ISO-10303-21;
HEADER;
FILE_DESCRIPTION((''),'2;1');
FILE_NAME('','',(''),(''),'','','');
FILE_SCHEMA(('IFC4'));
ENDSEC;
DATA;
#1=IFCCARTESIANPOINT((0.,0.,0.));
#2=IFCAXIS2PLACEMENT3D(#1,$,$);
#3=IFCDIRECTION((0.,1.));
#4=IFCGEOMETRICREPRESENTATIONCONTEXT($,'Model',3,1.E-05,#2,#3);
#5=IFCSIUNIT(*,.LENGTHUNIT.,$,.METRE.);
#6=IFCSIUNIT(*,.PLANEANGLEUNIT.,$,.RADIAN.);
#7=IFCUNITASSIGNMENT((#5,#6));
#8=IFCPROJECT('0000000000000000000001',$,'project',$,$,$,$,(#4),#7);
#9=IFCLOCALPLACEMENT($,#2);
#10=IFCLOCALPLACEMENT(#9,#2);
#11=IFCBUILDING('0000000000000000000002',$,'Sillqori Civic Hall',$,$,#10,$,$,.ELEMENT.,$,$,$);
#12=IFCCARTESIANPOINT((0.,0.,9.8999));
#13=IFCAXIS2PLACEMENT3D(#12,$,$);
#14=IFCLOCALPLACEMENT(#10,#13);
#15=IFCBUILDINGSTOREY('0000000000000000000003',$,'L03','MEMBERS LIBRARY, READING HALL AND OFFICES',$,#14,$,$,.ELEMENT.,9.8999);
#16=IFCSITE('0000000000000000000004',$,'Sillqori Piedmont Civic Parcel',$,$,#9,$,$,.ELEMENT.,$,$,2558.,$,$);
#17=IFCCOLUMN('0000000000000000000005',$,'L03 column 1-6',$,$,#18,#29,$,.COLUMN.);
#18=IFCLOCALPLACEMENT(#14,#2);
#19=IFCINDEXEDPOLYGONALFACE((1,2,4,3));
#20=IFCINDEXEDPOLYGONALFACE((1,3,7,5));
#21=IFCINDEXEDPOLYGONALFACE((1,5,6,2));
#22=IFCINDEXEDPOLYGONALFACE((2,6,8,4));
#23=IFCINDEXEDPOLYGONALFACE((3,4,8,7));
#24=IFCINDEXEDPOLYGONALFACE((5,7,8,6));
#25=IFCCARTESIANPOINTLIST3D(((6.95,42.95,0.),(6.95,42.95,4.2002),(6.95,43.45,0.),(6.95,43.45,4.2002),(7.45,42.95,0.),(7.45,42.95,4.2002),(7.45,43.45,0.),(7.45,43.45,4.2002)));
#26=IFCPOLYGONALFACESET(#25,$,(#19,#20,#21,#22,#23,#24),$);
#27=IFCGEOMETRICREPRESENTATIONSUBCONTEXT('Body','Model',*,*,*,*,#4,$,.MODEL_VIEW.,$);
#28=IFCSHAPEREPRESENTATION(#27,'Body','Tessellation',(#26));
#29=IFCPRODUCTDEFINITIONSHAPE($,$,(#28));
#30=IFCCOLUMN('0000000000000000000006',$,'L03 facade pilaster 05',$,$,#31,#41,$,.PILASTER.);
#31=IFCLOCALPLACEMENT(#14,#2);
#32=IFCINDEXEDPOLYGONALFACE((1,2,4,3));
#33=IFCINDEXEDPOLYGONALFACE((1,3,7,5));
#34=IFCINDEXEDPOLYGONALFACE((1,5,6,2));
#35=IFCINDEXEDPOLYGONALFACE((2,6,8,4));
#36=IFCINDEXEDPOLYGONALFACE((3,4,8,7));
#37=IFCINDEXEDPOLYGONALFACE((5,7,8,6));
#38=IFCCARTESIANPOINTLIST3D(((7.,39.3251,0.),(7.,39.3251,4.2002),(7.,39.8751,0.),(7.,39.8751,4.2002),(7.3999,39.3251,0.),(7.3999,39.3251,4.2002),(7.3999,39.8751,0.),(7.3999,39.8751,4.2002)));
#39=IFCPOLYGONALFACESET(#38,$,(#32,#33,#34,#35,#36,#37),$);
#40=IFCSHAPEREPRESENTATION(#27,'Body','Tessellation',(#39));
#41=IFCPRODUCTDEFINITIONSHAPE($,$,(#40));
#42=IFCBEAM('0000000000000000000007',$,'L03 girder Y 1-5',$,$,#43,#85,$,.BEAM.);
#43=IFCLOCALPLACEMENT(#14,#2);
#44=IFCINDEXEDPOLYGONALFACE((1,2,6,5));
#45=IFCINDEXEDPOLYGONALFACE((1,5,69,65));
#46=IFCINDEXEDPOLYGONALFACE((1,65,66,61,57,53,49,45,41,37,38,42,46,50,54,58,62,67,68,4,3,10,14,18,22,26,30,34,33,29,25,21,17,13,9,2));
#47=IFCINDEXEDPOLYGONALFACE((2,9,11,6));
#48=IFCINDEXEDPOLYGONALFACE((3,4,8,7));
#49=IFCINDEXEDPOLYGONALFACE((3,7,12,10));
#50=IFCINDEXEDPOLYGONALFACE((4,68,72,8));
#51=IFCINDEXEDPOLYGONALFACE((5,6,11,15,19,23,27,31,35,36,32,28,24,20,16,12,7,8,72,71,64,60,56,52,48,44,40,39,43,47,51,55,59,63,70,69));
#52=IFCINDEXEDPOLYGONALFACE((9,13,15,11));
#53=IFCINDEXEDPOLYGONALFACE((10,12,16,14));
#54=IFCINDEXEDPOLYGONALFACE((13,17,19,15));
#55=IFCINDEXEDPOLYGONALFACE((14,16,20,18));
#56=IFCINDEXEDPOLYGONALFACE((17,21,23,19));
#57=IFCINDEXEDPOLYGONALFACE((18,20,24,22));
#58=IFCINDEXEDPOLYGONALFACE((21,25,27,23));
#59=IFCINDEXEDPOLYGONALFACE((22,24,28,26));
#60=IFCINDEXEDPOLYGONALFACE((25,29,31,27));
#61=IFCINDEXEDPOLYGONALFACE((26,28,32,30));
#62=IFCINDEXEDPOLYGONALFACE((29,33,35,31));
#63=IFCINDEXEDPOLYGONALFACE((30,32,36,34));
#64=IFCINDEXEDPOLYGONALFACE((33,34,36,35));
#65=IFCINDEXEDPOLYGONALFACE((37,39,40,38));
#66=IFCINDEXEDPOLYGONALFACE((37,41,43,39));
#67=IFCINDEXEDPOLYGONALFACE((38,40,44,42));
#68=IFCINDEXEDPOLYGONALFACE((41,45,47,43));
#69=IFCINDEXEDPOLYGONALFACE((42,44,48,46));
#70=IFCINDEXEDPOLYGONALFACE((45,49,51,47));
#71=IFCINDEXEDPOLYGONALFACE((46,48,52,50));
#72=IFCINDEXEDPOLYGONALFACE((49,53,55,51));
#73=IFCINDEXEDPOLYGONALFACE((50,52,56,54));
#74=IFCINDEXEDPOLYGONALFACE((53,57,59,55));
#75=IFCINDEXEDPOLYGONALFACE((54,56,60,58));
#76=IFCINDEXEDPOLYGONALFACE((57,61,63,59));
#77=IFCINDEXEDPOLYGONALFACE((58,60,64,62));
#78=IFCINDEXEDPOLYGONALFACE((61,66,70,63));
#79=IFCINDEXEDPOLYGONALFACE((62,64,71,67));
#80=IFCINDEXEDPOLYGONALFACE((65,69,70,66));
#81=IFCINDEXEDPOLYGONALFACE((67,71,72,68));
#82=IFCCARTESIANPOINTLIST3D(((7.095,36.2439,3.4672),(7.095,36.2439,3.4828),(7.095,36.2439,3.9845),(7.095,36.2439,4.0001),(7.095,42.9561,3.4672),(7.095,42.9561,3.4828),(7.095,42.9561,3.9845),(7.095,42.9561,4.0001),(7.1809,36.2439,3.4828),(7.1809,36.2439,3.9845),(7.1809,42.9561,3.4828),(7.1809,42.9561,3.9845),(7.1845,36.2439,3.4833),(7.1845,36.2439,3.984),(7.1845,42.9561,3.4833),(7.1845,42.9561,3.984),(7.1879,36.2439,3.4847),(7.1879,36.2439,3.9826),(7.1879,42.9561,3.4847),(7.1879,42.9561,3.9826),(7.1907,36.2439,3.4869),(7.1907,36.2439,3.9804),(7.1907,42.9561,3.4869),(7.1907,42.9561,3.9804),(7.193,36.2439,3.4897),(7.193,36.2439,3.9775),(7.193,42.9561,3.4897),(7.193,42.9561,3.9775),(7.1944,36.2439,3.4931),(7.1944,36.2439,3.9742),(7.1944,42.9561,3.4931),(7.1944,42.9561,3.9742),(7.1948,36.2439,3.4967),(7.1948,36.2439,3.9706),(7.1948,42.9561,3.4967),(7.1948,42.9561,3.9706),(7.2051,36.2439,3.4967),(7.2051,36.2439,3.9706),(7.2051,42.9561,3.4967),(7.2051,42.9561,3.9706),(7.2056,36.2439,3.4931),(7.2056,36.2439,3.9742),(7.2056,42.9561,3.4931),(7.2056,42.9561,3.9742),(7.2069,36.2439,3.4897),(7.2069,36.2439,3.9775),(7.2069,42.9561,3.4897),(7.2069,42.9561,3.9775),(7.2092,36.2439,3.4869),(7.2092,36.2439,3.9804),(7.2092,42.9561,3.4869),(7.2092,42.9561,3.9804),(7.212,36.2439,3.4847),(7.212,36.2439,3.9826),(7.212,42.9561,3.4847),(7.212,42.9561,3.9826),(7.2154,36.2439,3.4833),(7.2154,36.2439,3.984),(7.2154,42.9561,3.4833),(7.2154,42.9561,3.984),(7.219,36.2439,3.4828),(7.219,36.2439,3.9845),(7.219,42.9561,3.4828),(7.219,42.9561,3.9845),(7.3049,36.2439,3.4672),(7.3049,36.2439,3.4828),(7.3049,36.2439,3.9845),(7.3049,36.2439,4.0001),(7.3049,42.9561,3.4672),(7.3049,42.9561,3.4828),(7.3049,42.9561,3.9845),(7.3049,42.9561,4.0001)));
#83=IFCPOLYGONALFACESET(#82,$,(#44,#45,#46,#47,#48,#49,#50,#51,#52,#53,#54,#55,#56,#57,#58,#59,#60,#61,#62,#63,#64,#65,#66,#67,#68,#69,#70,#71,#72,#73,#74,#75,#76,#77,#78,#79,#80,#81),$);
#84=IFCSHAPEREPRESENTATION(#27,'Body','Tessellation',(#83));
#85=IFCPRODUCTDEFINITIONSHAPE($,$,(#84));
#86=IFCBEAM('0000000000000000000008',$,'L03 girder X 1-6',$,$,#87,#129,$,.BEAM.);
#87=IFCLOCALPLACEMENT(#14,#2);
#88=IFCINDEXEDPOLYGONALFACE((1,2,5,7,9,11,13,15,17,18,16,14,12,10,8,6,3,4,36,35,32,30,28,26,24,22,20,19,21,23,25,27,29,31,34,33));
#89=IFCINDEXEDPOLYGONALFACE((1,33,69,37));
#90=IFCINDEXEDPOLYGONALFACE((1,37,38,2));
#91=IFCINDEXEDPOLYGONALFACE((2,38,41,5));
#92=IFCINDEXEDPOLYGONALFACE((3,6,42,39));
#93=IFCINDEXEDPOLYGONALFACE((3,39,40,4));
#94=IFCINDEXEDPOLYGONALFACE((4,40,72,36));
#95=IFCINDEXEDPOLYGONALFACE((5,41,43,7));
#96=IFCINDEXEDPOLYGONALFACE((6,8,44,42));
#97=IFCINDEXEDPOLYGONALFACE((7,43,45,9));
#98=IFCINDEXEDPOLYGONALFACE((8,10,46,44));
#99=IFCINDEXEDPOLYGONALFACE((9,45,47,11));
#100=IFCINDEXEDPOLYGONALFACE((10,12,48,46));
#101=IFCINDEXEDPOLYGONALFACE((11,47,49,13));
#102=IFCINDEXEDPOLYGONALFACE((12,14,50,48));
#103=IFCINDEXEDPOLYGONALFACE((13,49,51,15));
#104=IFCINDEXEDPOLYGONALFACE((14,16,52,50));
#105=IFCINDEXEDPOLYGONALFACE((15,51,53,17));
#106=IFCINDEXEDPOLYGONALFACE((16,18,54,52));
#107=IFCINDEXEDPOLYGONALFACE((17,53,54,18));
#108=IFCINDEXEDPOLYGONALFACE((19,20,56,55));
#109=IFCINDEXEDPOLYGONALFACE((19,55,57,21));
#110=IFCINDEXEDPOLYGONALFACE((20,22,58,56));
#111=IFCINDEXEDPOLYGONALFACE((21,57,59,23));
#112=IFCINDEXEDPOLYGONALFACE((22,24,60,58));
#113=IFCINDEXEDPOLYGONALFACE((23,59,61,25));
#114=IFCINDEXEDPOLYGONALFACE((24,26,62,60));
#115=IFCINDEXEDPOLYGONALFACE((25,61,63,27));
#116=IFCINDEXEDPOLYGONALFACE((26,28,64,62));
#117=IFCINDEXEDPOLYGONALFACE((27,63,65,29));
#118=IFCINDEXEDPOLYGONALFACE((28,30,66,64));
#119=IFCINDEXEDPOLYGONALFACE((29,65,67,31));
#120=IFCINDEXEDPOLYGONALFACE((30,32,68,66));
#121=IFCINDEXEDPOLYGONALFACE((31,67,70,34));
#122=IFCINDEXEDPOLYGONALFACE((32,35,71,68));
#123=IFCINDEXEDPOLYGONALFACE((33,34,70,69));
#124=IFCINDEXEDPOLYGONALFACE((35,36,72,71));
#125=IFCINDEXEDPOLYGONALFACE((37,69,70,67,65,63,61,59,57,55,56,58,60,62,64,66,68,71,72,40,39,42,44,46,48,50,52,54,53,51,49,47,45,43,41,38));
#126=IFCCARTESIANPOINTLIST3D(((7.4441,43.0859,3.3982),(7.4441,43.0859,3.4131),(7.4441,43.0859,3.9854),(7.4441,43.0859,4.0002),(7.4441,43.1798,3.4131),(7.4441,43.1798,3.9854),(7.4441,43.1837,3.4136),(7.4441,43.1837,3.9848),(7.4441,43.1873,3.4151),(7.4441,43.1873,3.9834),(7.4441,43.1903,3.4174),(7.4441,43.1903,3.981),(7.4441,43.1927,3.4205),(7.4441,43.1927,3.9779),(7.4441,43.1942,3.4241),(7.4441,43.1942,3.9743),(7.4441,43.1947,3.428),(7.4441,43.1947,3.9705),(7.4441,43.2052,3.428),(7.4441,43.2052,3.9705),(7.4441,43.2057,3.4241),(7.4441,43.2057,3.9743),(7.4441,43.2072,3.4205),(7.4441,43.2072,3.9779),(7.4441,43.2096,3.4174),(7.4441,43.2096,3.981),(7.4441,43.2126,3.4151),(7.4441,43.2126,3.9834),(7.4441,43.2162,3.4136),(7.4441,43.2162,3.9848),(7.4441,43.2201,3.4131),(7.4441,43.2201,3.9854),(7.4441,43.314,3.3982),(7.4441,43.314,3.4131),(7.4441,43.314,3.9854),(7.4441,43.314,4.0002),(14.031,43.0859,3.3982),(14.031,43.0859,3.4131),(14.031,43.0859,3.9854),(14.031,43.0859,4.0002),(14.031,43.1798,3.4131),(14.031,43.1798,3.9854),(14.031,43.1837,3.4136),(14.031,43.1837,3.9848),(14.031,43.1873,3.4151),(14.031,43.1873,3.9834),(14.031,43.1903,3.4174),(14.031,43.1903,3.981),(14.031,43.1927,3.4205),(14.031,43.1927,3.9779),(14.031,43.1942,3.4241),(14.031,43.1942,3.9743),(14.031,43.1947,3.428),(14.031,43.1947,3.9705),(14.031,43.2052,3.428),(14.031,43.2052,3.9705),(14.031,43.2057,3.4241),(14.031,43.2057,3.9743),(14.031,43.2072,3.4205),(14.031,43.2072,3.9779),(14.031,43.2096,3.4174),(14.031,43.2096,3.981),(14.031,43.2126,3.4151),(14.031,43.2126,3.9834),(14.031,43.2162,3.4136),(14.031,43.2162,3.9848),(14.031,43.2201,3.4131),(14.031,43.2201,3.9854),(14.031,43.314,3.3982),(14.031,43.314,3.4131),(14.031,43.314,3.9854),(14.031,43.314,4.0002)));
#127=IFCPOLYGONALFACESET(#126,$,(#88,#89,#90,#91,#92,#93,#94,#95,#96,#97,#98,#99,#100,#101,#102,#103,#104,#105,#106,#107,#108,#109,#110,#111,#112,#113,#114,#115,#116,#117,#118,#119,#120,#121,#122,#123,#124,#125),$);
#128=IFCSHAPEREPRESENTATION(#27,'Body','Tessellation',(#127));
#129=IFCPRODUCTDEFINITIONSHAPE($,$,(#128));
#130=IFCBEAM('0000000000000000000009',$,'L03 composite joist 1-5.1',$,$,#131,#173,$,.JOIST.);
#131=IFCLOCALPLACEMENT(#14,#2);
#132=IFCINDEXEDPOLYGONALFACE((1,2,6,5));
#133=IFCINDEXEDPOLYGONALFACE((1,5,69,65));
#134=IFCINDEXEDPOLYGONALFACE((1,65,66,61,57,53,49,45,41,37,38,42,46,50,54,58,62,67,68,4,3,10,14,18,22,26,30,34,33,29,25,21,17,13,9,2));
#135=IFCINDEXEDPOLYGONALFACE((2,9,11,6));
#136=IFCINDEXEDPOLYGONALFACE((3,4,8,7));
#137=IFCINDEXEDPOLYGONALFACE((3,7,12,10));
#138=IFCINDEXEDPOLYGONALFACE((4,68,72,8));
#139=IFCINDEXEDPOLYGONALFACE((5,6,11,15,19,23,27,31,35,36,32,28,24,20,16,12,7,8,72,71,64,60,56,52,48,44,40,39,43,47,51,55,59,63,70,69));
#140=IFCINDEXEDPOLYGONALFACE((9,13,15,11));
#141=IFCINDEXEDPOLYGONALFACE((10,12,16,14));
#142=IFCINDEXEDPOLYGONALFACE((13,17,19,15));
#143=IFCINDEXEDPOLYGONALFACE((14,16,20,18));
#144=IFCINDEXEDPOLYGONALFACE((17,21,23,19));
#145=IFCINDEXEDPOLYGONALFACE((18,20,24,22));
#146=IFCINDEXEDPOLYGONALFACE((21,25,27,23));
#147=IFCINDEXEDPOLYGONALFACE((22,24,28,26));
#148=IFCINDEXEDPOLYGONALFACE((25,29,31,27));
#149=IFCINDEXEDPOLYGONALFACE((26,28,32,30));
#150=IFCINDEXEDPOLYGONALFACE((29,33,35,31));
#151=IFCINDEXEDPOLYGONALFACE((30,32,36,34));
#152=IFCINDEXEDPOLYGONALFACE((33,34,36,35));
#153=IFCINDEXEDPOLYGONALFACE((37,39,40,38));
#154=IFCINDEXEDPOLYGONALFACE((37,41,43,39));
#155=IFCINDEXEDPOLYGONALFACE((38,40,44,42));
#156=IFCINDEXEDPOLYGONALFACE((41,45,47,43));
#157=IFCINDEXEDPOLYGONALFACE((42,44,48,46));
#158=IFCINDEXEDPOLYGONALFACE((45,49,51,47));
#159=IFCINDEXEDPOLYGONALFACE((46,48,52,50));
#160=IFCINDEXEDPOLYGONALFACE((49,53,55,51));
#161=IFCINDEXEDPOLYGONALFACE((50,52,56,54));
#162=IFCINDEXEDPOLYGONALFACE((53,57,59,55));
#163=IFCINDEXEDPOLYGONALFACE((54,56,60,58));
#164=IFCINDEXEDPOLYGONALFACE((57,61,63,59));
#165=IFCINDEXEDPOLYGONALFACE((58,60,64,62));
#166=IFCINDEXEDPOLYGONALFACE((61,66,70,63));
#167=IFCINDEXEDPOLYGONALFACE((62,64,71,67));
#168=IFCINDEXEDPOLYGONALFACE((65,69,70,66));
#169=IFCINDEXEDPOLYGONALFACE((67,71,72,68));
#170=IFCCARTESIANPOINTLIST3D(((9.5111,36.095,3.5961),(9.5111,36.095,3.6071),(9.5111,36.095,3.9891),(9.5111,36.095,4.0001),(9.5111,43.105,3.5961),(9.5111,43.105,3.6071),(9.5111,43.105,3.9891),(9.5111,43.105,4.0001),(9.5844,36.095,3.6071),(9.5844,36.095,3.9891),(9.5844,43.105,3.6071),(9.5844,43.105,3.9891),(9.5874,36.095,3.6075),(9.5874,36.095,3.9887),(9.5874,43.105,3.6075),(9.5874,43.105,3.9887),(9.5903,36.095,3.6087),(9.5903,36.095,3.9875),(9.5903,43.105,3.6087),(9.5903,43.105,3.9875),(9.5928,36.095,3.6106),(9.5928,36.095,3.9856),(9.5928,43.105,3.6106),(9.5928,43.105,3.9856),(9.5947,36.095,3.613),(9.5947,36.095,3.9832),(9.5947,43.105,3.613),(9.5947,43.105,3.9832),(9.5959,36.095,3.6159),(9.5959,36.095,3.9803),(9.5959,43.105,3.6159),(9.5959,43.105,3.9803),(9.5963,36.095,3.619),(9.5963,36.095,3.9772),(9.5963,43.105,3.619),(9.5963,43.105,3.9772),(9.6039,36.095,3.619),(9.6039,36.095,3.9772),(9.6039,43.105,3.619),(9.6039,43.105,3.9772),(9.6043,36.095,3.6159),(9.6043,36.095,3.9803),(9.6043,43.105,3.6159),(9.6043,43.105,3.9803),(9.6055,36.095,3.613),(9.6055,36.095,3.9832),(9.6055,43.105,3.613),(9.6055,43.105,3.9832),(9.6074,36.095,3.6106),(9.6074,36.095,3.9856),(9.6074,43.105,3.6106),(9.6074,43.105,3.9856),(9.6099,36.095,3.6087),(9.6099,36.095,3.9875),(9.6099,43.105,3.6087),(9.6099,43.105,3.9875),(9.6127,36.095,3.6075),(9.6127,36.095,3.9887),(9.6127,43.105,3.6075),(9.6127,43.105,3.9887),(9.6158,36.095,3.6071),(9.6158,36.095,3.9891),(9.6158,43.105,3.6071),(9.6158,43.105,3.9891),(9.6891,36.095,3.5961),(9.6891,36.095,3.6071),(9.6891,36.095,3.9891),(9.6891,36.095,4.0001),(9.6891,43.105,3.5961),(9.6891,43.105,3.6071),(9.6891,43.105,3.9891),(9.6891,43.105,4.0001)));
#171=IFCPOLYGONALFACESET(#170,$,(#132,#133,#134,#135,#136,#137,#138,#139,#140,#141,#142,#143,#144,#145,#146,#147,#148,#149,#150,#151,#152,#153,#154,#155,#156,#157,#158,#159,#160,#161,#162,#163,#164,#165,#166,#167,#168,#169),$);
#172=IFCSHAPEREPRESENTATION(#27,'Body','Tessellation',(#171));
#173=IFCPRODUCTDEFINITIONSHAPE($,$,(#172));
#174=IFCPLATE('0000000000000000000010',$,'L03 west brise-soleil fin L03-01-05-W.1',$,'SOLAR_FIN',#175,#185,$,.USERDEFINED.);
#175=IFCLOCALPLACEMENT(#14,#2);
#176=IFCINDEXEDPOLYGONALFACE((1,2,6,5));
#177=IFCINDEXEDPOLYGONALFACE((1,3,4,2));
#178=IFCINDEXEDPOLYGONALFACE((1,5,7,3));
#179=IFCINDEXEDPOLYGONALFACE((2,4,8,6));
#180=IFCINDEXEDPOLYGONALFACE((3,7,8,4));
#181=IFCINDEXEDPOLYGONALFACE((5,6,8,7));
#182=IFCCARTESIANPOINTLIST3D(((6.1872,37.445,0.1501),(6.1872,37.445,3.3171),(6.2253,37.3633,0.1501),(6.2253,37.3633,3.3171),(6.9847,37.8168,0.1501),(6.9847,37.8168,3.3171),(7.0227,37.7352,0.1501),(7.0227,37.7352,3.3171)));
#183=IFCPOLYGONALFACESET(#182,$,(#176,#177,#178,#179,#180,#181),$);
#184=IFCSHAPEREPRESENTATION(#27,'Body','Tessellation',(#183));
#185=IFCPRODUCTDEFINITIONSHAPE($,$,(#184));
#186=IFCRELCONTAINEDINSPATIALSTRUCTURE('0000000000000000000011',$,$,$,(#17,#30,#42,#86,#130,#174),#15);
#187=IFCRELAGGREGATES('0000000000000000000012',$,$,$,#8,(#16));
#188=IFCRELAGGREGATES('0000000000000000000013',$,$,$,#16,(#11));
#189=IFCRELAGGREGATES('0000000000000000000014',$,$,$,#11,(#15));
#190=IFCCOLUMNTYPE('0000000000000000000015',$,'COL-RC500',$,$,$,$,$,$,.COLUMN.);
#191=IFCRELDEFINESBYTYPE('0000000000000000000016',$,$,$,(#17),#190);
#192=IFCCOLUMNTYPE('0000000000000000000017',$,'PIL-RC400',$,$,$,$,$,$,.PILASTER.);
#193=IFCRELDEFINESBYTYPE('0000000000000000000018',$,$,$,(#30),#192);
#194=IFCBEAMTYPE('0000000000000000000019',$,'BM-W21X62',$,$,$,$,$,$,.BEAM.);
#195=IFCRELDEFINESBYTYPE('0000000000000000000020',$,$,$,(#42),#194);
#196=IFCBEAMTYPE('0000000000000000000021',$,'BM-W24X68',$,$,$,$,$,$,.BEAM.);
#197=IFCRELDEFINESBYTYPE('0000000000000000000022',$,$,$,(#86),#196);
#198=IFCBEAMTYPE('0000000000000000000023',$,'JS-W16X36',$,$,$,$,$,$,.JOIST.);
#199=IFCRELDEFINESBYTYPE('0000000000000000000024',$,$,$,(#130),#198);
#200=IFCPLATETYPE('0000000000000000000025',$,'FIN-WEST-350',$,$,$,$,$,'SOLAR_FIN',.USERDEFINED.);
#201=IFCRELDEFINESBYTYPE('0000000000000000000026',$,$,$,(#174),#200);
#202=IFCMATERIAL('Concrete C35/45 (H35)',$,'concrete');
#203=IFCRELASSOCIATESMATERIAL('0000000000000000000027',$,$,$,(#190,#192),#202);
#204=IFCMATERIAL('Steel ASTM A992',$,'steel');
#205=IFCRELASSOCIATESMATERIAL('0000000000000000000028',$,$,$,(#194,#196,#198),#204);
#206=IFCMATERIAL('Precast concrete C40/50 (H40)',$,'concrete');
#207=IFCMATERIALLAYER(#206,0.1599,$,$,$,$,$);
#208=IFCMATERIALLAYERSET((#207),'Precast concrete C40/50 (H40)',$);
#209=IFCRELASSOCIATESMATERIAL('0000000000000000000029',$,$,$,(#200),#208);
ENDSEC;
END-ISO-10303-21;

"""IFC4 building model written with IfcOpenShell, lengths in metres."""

from ifc_helpers import new_model, si_unit, direction, frame, origin, origin_2d, place, context, subcontext, project, spatial, rectangle, i_section, extrude, material, layer, layer_set, material_profile, profile_set, type_object, element, save


model = new_model("IFC4")

# Units and contexts
model_context = context("Model", 3, precision=1e-05, world=origin(), true_north=direction((0.0, 1.0)))
body_context = subcontext(model_context, "Body", "Model", "MODEL_VIEW")
ifc_project = project(units=[si_unit("LENGTHUNIT", "METRE"), si_unit("PLANEANGLEUNIT", "RADIAN")], contexts=[model_context])

# Site, building, storey
site_placement = place(None, origin())
site = spatial("IfcSite", under=ifc_project, at=site_placement, Name="Sillqori Piedmont Civic Parcel", CompositionType="ELEMENT", RefElevation=2558.0)
building_placement = place(site_placement, origin())
building = spatial("IfcBuilding", under=site, at=building_placement, Name="Sillqori Civic Hall", CompositionType="ELEMENT")
storey_placement = place(building_placement, frame((0.0, 0.0, 9.8999)))
storey = spatial("IfcBuildingStorey", under=building, at=storey_placement, Name="L03", Description="MEMBERS LIBRARY, READING HALL AND OFFICES", CompositionType="ELEMENT", Elevation=9.8999)

# Columns
ifc_material_1 = material(Name="Concrete C35/45 (H35)", Category="concrete")
ifc_material_profile_1 = material_profile(ifc_material_1, rectangle(XDim=0.5, YDim=0.5, at=origin_2d()), Name="RC 500x500")
ifc_profile_set_1 = profile_set([ifc_material_profile_1], Name="Concrete C35/45 (H35)")
column_type_1 = type_object("IfcColumnType", Name="COL-RC500", PredefinedType="COLUMN", material=ifc_profile_set_1)
column_1_placement = place(storey_placement, frame((7.2, 43.2, 0.0), z_axis=(0.0, 0.0, 1.0), x_axis=(1.0, 0.0, 0.0)))
element("IfcColumn", 1, at=column_1_placement, inside=storey, type_object=column_type_1, Name="L03 column 1-6", PredefinedType="COLUMN", context=body_context, shape_type="SweptSolid", body=[
    extrude(rectangle(XDim=0.5, YDim=0.5, at=origin_2d()), origin(), (0.0, 0.0, 1.0), 4.2002),
])
ifc_material_profile_2 = material_profile(ifc_material_1, rectangle(XDim=0.3999, YDim=0.55, at=origin_2d()), Name="RC 400x550")
ifc_profile_set_2 = profile_set([ifc_material_profile_2], Name="Concrete C35/45 (H35)")
column_type_2 = type_object("IfcColumnType", Name="PIL-RC400", PredefinedType="PILASTER", material=ifc_profile_set_2)
column_2_placement = place(storey_placement, frame((7.2, 39.6001, 0.0), z_axis=(0.0, 0.0, 1.0), x_axis=(1.0, 0.0, 0.0)))
element("IfcColumn", 2, at=column_2_placement, inside=storey, type_object=column_type_2, Name="L03 facade pilaster 05", PredefinedType="PILASTER", context=body_context, shape_type="SweptSolid", body=[
    extrude(rectangle(XDim=0.3999, YDim=0.55, at=origin_2d()), origin(), (0.0, 0.0, 1.0), 4.2002),
])

# Beams
ifc_material_2 = material(Name="Steel ASTM A992", Category="steel")
ifc_material_profile_3 = material_profile(ifc_material_2, i_section(OverallWidth=0.21, OverallDepth=0.533, WebThickness=0.0103, FlangeThickness=0.0156, FilletRadius=0.0139, at=origin_2d()), Name="W21X62")
ifc_profile_set_3 = profile_set([ifc_material_profile_3], Name="Steel ASTM A992")
beam_type_1 = type_object("IfcBeamType", Name="BM-W21X62", PredefinedType="BEAM", material=ifc_profile_set_3)
beam_1_placement = place(storey_placement, frame((7.2, 36.2439, 3.7336), z_axis=(0.0, 1.0, 0.0), x_axis=(-1.0, 0.0, 0.0)))
element("IfcBeam", 3, at=beam_1_placement, inside=storey, type_object=beam_type_1, Name="L03 girder Y 1-5", PredefinedType="BEAM", context=body_context, shape_type="SweptSolid", body=[
    extrude(i_section(OverallWidth=0.21, OverallDepth=0.533, WebThickness=0.0103, FlangeThickness=0.0156, FilletRadius=0.0139, at=origin_2d()), origin(), (0.0, 0.0, 1.0), 6.7122),
])
ifc_material_profile_4 = material_profile(ifc_material_2, i_section(OverallWidth=0.228, OverallDepth=0.6021, WebThickness=0.0105, FlangeThickness=0.0149, FilletRadius=0.0149, at=origin_2d()), Name="W24X68")
ifc_profile_set_4 = profile_set([ifc_material_profile_4], Name="Steel ASTM A992")
beam_type_2 = type_object("IfcBeamType", Name="BM-W24X68", PredefinedType="BEAM", material=ifc_profile_set_4)
beam_2_placement = place(storey_placement, frame((7.4441, 43.2, 3.6992), z_axis=(1.0, 0.0, 0.0), x_axis=(0.0, 1.0, 0.0)))
element("IfcBeam", 4, at=beam_2_placement, inside=storey, type_object=beam_type_2, Name="L03 girder X 1-6", PredefinedType="BEAM", context=body_context, shape_type="SweptSolid", body=[
    extrude(i_section(OverallWidth=0.228, OverallDepth=0.6021, WebThickness=0.0105, FlangeThickness=0.0149, FilletRadius=0.0149, at=origin_2d()), origin(), (0.0, 0.0, 1.0), 6.5869),
])
ifc_material_profile_5 = material_profile(ifc_material_2, i_section(OverallWidth=0.178, OverallDepth=0.4041, WebThickness=0.0076, FlangeThickness=0.011, FilletRadius=0.012, at=origin_2d()), Name="W16X36")
ifc_profile_set_5 = profile_set([ifc_material_profile_5], Name="Steel ASTM A992")
beam_type_3 = type_object("IfcBeamType", Name="JS-W16X36", PredefinedType="JOIST", material=ifc_profile_set_5)
beam_3_placement = place(storey_placement, frame((9.6001, 36.095, 3.7981), z_axis=(0.0, 1.0, 0.0), x_axis=(-1.0, 0.0, 0.0)))
element("IfcBeam", 5, at=beam_3_placement, inside=storey, type_object=beam_type_3, Name="L03 composite joist 1-5.1", PredefinedType="JOIST", context=body_context, shape_type="SweptSolid", body=[
    extrude(i_section(OverallWidth=0.178, OverallDepth=0.4041, WebThickness=0.0076, FlangeThickness=0.011, FilletRadius=0.012, at=origin_2d()), origin(), (0.0, 0.0, 1.0), 7.01),
])

# Plate
ifc_material_3 = material(Name="Precast concrete C40/50 (H40)", Category="concrete")
ifc_layer_1 = layer(ifc_material_3, 0.1599)
ifc_layer_set_1 = layer_set([ifc_layer_1], Name="Precast concrete C40/50 (H40)")
plate_type_1 = type_object("IfcPlateType", Name="FIN-WEST-350", ElementType="SOLAR_FIN", PredefinedType="USERDEFINED", material=ifc_layer_set_1)
for number, where, z_axis, x_axis, name in (
    (6, (6.605, 37.5901, 0.1501), (0.0, 0.0, 1.0), (-0.422618, 0.906308, 0.0), "L03 west brise-soleil fin L03-01-05-W.1"),
):
    element("IfcPlate", number, at=place(storey_placement, frame(where, z_axis=z_axis, x_axis=x_axis)), inside=storey, type_object=plate_type_1, Name=name, ObjectType="SOLAR_FIN", PredefinedType="USERDEFINED", context=body_context, shape_type="SweptSolid", body=[
        extrude(rectangle(XDim=0.0901, YDim=0.8799, at=origin_2d()), origin(), (0.0, 0.0, 1.0), 3.167),
    ])

save(model, "model.ifc")
